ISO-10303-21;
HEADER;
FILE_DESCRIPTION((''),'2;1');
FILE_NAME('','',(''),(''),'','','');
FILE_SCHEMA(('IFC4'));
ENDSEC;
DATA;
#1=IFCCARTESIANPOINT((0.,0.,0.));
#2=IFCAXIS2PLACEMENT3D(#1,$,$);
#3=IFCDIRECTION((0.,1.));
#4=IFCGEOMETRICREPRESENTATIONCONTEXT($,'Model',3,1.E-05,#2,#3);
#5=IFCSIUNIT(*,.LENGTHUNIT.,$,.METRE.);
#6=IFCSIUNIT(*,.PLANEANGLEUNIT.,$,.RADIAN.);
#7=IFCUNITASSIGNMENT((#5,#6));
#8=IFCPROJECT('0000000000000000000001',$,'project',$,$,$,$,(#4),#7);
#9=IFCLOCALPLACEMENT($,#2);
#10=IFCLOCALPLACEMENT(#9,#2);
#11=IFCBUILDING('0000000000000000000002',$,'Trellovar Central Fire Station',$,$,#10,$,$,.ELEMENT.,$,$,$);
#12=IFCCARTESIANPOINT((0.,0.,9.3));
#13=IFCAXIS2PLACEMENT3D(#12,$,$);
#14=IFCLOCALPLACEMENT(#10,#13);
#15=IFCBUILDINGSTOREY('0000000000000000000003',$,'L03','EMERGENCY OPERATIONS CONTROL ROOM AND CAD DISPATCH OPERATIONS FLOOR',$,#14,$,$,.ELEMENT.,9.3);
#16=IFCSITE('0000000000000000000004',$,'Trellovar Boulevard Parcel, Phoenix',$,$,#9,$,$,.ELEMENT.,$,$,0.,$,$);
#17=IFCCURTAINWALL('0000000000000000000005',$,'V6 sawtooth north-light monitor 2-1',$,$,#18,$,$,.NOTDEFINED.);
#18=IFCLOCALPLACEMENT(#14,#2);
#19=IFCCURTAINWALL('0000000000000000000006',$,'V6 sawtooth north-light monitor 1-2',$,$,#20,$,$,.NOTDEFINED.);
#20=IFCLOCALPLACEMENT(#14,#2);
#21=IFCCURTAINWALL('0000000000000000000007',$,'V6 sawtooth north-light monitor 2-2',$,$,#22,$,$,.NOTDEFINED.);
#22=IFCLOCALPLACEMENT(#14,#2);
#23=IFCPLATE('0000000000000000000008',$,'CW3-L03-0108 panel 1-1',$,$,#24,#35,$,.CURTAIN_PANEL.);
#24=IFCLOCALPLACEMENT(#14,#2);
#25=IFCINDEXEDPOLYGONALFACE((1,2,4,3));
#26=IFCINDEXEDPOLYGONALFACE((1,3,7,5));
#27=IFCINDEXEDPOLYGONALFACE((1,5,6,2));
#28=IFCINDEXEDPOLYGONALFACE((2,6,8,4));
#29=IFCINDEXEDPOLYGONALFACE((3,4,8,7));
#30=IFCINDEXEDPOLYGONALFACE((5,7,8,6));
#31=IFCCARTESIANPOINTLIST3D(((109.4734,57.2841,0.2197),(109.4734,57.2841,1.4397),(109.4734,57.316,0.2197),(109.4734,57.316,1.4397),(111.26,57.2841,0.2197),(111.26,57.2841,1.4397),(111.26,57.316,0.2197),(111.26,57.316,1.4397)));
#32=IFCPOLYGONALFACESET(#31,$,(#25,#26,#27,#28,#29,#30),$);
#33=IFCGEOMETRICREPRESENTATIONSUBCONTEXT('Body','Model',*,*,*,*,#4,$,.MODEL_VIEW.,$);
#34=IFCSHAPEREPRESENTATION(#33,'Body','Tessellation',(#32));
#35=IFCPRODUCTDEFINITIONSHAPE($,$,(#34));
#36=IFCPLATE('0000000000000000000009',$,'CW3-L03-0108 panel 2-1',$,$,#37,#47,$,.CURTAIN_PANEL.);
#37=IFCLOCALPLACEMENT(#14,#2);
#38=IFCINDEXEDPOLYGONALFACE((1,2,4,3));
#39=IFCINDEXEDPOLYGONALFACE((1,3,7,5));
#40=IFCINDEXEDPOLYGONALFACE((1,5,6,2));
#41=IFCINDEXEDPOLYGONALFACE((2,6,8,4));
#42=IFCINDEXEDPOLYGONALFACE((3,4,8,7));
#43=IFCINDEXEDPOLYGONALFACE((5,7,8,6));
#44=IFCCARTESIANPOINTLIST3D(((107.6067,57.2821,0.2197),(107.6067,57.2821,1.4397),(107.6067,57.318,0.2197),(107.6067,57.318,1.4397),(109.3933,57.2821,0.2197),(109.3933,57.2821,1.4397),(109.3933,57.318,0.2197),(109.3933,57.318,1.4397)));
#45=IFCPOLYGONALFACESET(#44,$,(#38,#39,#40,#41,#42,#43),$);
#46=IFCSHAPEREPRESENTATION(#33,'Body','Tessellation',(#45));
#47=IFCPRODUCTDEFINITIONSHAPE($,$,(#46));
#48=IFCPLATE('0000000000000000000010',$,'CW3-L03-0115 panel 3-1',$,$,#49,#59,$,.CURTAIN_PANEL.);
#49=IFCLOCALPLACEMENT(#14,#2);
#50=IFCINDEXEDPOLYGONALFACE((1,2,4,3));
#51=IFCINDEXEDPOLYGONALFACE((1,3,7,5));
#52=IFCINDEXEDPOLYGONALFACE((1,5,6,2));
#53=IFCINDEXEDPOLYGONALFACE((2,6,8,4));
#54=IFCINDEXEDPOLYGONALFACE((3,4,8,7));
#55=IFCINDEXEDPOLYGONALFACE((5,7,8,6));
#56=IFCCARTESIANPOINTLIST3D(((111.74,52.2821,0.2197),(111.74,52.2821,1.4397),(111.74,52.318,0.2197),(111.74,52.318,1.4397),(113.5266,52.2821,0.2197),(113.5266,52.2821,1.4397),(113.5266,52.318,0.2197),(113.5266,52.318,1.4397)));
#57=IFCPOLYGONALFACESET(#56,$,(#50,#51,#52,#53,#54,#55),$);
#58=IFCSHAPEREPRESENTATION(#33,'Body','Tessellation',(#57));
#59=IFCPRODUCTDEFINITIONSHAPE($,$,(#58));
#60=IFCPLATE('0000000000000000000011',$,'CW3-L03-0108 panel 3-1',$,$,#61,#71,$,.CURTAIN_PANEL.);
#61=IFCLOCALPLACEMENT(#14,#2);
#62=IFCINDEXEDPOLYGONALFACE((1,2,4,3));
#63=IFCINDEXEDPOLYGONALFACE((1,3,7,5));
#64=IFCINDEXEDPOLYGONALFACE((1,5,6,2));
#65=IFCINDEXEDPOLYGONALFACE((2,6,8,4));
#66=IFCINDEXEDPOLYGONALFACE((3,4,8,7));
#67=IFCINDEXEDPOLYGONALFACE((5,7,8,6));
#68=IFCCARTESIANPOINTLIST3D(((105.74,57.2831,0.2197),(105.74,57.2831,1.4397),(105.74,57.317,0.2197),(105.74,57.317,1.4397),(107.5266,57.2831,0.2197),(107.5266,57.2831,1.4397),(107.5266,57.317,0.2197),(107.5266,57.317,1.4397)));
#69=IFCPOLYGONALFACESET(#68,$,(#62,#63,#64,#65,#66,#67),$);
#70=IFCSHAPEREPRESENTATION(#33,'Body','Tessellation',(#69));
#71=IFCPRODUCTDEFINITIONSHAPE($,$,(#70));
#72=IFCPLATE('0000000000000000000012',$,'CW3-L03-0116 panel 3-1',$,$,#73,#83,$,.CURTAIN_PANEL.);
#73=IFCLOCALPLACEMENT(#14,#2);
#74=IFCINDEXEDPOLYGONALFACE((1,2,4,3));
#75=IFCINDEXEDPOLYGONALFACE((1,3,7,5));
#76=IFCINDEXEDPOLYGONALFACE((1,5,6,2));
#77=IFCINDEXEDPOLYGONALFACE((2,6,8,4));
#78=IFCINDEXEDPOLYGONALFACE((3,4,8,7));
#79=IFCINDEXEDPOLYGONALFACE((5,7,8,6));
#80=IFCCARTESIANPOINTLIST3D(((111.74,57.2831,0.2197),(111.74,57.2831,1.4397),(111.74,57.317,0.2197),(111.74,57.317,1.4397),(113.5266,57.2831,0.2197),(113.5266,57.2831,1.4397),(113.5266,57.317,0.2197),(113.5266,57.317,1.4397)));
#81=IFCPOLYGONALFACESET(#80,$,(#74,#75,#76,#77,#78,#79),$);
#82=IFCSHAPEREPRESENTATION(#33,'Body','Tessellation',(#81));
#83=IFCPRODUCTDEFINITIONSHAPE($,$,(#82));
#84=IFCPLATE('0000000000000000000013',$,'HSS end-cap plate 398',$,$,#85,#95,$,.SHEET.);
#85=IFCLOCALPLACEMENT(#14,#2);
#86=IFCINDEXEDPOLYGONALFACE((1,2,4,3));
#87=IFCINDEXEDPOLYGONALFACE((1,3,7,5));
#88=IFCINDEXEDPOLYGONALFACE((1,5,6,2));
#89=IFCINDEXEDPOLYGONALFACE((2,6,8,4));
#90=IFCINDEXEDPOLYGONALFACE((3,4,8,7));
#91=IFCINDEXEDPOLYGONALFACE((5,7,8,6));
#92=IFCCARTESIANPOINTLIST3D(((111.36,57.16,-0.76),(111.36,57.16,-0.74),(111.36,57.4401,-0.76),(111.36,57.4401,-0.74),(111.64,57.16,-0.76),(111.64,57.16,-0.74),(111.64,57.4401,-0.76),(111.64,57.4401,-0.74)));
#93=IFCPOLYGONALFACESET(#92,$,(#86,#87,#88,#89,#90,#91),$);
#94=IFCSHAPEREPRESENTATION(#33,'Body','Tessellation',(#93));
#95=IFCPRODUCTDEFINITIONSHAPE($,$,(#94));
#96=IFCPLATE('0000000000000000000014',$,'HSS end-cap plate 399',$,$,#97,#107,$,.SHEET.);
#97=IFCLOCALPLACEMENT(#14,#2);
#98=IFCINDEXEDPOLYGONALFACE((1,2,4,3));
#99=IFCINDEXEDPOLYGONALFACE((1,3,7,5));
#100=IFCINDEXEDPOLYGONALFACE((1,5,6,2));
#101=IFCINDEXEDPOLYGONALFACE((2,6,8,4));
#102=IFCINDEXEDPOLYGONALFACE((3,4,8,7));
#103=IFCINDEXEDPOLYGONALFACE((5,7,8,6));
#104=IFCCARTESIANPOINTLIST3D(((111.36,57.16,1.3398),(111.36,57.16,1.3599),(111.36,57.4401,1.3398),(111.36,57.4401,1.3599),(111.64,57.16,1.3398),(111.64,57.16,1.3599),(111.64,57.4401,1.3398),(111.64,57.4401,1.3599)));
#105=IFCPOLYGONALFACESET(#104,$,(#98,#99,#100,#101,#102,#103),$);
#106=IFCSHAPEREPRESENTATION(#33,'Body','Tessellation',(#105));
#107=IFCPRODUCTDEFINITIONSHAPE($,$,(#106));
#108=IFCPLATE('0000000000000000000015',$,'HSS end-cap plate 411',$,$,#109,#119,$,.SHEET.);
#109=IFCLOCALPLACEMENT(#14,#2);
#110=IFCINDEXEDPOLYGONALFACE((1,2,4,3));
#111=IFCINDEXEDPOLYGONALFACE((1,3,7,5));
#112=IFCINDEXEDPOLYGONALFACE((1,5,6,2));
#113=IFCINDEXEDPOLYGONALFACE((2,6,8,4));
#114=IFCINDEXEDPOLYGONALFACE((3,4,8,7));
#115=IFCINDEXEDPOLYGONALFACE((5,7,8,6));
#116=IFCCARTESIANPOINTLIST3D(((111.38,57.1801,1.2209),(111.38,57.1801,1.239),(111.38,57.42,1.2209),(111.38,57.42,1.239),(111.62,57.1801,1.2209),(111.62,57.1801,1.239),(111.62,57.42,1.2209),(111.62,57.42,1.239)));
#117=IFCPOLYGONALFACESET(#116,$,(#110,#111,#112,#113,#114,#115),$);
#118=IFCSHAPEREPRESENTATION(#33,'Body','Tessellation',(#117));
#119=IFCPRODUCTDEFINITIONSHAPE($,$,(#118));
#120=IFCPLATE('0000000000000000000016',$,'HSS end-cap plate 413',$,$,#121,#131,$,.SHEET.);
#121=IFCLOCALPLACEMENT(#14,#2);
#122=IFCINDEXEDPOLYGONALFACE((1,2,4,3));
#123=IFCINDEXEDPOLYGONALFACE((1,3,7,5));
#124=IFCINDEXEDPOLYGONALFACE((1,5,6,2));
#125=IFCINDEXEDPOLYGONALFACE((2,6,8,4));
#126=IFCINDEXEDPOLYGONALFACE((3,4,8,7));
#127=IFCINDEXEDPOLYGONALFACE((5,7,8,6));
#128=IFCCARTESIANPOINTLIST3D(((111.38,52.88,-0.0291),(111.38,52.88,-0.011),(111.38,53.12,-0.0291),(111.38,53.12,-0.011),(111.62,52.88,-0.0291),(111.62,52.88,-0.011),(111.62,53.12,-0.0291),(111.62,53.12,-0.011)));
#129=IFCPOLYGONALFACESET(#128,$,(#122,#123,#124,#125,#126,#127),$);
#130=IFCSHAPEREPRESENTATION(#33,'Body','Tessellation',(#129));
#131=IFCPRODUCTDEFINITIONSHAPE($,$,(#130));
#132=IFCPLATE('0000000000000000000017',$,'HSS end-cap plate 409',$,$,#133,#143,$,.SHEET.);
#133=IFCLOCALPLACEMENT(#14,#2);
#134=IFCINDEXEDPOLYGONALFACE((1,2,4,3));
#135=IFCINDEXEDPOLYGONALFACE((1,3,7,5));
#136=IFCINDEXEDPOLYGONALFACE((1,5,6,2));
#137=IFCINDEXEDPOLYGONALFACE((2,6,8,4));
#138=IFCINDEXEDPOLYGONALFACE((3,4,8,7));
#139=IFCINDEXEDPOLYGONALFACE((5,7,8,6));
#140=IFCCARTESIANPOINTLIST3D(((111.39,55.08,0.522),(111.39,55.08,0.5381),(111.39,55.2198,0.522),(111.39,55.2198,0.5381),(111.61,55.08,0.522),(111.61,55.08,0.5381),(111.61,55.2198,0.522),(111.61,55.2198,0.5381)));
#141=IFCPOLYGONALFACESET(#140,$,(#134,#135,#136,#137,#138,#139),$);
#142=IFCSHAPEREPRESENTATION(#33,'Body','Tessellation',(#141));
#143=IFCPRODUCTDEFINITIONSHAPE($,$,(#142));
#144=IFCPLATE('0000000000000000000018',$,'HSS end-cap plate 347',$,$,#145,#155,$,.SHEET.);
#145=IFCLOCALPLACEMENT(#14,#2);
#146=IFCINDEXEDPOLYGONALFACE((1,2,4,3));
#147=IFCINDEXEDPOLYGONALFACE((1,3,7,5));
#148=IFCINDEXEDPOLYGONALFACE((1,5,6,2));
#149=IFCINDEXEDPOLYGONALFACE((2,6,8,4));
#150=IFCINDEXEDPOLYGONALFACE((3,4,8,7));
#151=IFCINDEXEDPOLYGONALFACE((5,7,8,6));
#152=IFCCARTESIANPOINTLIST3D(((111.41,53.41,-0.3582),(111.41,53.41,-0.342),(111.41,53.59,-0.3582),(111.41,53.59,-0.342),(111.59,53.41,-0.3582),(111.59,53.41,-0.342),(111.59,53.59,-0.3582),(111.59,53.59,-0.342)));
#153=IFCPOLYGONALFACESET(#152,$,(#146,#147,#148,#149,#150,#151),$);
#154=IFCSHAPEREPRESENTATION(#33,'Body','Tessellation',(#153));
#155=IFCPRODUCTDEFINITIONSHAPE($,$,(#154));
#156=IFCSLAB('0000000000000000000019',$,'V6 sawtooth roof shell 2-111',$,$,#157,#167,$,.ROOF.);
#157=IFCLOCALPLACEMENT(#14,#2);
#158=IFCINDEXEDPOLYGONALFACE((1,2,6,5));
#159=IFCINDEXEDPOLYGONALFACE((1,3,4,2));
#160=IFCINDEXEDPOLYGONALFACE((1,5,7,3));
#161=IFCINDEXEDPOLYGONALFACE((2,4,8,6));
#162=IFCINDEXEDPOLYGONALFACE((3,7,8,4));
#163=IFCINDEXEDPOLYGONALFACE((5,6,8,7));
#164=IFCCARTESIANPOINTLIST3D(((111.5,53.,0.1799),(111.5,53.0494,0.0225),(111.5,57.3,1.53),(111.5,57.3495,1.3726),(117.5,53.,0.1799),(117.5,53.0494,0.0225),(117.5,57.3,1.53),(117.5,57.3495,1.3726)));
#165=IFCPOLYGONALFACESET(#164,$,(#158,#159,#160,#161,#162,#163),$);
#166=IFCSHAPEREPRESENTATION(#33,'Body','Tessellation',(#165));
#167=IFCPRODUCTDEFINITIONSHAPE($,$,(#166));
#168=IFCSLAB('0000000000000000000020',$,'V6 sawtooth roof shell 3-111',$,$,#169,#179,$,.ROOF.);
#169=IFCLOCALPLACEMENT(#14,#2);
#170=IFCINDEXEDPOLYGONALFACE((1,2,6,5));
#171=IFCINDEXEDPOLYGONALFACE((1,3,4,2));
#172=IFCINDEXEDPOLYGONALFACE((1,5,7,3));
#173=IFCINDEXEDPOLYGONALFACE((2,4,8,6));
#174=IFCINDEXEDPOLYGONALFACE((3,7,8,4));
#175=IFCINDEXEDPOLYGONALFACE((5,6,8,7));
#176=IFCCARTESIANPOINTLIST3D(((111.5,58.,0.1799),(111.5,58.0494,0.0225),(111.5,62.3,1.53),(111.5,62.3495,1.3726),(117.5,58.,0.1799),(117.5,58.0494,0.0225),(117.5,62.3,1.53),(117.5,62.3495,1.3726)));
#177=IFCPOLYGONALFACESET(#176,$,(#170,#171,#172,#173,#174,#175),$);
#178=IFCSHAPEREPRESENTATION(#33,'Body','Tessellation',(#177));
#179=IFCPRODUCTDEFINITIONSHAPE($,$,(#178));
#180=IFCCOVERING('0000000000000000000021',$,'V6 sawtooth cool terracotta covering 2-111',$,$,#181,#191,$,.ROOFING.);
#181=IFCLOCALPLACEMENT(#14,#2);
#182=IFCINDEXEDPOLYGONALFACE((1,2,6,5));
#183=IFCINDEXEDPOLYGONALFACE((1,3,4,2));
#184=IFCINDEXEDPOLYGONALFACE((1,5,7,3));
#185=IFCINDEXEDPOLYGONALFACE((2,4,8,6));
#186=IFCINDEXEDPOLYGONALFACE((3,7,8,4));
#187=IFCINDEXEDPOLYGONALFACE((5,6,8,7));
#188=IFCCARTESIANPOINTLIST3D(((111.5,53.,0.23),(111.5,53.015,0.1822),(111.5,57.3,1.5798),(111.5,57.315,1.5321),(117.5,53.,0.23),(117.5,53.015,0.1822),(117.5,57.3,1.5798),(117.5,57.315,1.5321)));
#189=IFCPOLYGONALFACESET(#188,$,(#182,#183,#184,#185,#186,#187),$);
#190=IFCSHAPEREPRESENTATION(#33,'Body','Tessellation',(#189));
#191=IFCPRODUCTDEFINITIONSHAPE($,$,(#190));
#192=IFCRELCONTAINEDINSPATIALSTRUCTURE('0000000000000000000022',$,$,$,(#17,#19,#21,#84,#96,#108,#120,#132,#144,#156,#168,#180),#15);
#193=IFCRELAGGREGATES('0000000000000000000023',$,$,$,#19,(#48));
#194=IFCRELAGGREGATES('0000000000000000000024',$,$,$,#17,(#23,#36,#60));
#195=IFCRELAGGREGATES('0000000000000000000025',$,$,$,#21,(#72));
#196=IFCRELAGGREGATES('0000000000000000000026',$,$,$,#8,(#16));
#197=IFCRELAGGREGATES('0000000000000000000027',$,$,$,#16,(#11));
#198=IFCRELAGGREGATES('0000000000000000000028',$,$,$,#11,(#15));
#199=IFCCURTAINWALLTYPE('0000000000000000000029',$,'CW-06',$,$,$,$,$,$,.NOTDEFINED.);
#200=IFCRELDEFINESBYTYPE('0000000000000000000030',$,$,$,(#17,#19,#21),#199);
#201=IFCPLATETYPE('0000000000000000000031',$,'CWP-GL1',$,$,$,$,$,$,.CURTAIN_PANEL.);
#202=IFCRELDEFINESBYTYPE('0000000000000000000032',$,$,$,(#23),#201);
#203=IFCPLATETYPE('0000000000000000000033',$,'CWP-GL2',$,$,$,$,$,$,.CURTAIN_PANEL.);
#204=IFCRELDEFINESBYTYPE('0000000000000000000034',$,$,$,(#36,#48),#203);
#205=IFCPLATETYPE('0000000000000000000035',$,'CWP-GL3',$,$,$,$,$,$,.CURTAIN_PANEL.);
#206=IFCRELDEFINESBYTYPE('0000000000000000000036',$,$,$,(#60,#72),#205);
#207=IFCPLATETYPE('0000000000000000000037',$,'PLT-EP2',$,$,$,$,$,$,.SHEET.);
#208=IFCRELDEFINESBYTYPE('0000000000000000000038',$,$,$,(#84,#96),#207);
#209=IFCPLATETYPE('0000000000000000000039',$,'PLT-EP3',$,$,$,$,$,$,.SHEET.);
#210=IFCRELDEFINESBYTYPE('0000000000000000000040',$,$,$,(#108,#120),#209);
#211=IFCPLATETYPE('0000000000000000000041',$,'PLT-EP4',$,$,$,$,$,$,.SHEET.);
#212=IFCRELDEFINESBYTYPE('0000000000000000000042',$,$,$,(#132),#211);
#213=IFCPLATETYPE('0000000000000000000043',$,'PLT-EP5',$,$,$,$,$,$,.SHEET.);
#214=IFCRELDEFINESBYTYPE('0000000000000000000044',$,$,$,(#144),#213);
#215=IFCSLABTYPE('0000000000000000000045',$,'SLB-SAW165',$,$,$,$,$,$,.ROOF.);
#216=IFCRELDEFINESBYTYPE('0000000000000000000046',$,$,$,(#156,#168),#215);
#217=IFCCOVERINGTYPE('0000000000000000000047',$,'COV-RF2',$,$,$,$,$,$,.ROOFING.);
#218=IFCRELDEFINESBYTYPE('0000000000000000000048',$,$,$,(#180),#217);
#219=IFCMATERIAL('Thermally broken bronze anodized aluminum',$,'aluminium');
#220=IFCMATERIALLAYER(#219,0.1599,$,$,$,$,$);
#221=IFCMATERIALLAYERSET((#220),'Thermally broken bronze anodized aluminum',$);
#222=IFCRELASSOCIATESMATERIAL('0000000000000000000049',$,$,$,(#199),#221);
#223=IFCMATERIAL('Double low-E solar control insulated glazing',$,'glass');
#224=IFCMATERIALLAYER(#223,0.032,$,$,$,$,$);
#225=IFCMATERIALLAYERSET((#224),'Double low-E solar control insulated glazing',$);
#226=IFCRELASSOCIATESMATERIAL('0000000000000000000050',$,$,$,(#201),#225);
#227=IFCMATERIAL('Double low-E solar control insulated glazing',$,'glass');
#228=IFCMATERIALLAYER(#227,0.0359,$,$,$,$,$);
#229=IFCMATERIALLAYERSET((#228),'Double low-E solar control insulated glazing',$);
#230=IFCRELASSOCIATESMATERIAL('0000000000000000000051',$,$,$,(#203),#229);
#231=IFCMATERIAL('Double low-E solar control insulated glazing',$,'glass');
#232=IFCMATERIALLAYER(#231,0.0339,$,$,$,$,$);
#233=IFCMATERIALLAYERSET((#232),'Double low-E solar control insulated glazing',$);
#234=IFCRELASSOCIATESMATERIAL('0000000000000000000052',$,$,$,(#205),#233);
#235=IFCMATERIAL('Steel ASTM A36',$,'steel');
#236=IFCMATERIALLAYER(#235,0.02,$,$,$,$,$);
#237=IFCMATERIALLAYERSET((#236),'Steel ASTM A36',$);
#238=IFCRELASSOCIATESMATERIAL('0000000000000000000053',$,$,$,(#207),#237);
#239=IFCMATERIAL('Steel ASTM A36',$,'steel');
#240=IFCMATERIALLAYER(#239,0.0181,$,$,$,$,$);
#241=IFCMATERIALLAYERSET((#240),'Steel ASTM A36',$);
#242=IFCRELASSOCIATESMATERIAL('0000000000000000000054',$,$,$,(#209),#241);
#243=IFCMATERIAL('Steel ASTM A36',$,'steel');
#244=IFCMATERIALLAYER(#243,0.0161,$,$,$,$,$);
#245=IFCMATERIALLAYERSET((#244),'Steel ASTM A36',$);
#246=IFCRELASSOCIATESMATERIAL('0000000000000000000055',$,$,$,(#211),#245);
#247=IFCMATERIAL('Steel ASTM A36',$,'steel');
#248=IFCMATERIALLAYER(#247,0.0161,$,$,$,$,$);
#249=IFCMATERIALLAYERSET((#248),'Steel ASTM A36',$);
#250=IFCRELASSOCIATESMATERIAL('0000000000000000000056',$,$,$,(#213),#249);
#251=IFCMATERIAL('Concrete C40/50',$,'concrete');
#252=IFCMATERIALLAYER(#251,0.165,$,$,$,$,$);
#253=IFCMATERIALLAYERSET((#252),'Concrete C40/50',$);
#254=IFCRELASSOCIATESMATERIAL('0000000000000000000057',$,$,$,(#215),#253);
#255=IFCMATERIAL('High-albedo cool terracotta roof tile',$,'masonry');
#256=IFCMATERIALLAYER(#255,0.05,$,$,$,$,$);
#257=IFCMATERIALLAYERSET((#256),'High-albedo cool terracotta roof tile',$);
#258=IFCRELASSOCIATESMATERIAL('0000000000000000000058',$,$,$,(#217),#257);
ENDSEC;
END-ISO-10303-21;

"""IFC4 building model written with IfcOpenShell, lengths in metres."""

from ifc_helpers import new_model, si_unit, direction, frame, origin, origin_2d, place, context, subcontext, project, spatial, polyline, rectangle, outline, extrude, material, layer, layer_set, type_object, element, aggregate, save


model = new_model("IFC4")

# Units and contexts
model_context = context("Model", 3, precision=1e-05, world=origin(), true_north=direction((0.0, 1.0)))
body_context = subcontext(model_context, "Body", "Model", "MODEL_VIEW")
ifc_project = project(units=[si_unit("LENGTHUNIT", "METRE"), si_unit("PLANEANGLEUNIT", "RADIAN")], contexts=[model_context])

# Site, building, storey
site_placement = place(None, origin())
site = spatial("IfcSite", under=ifc_project, at=site_placement, Name="Trellovar Boulevard Parcel, Phoenix", CompositionType="ELEMENT", RefElevation=0.0)
building_placement = place(site_placement, origin())
building = spatial("IfcBuilding", under=site, at=building_placement, Name="Trellovar Central Fire Station", CompositionType="ELEMENT")
storey_placement = place(building_placement, frame((0.0, 0.0, 9.3)))
storey = spatial("IfcBuildingStorey", under=building, at=storey_placement, Name="L03", Description="EMERGENCY OPERATIONS CONTROL ROOM AND CAD DISPATCH OPERATIONS FLOOR", CompositionType="ELEMENT", Elevation=9.3)

# Curtain wall
ifc_material_1 = material(Name="Thermally broken bronze anodized aluminum", Category="aluminium")
ifc_layer_1 = layer(ifc_material_1, 0.1599)
ifc_layer_set_1 = layer_set([ifc_layer_1], Name="Thermally broken bronze anodized aluminum")
curtain_wall_type = type_object("IfcCurtainWallType", Name="CW-06", PredefinedType="NOTDEFINED", material=ifc_layer_set_1)
curtain_wall_1_placement = place(storey_placement, origin())
curtain_wall_1 = element("IfcCurtainWall", 1, at=curtain_wall_1_placement, inside=storey, type_object=curtain_wall_type, Name="V6 sawtooth north-light monitor 2-1", PredefinedType="NOTDEFINED")

# Curtain walls
curtain_wall_2_placement = place(storey_placement, origin())
curtain_wall_2 = element("IfcCurtainWall", 2, at=curtain_wall_2_placement, inside=storey, type_object=curtain_wall_type, Name="V6 sawtooth north-light monitor 1-2", PredefinedType="NOTDEFINED")
curtain_wall_3_placement = place(storey_placement, origin())
curtain_wall_3 = element("IfcCurtainWall", 3, at=curtain_wall_3_placement, inside=storey, type_object=curtain_wall_type, Name="V6 sawtooth north-light monitor 2-2", PredefinedType="NOTDEFINED")

# Plates
ifc_material_2 = material(Name="Double low-E solar control insulated glazing", Category="glass")
ifc_layer_2 = layer(ifc_material_2, 0.032)
ifc_layer_set_2 = layer_set([ifc_layer_2], Name="Double low-E solar control insulated glazing")
plate_type_1 = type_object("IfcPlateType", Name="CWP-GL1", PredefinedType="CURTAIN_PANEL", material=ifc_layer_set_2)
plate_1_placement = place(storey_placement, frame((110.3667, 57.3, 0.2197), z_axis=(0.0, 0.0, 1.0), x_axis=(-1.0, 0.0, 0.0)))
plate_1 = element("IfcPlate", 4, at=plate_1_placement, type_object=plate_type_1, Name="CW3-L03-0108 panel 1-1", PredefinedType="CURTAIN_PANEL", context=body_context, shape_type="SweptSolid", body=[
    extrude(rectangle(XDim=1.7866, YDim=0.032, at=origin_2d()), origin(), (0.0, 0.0, 1.0), 1.22),
])
ifc_material_3 = material(Name="Double low-E solar control insulated glazing", Category="glass")
ifc_layer_3 = layer(ifc_material_3, 0.0359)
ifc_layer_set_3 = layer_set([ifc_layer_3], Name="Double low-E solar control insulated glazing")
plate_type_2 = type_object("IfcPlateType", Name="CWP-GL2", PredefinedType="CURTAIN_PANEL", material=ifc_layer_set_3)
plate_2_placement = place(storey_placement, frame((108.5, 57.3, 0.2197), z_axis=(0.0, 0.0, 1.0), x_axis=(-1.0, 0.0, 0.0)))
plate_2 = element("IfcPlate", 5, at=plate_2_placement, type_object=plate_type_2, Name="CW3-L03-0108 panel 2-1", PredefinedType="CURTAIN_PANEL", context=body_context, shape_type="SweptSolid", body=[
    extrude(rectangle(XDim=1.7866, YDim=0.0359, at=origin_2d()), origin(), (0.0, 0.0, 1.0), 1.22),
])
plate_3_placement = place(storey_placement, frame((112.6333, 52.3, 0.2197), z_axis=(0.0, 0.0, 1.0), x_axis=(-1.0, 0.0, 0.0)))
plate_3 = element("IfcPlate", 6, at=plate_3_placement, type_object=plate_type_2, Name="CW3-L03-0115 panel 3-1", PredefinedType="CURTAIN_PANEL", context=body_context, shape_type="SweptSolid", body=[
    extrude(rectangle(XDim=1.7866, YDim=0.0359, at=origin_2d()), origin(), (0.0, 0.0, 1.0), 1.22),
])
aggregate(curtain_wall_2, [plate_3])
ifc_material_4 = material(Name="Double low-E solar control insulated glazing", Category="glass")
ifc_layer_4 = layer(ifc_material_4, 0.0339)
ifc_layer_set_4 = layer_set([ifc_layer_4], Name="Double low-E solar control insulated glazing")
plate_type_3 = type_object("IfcPlateType", Name="CWP-GL3", PredefinedType="CURTAIN_PANEL", material=ifc_layer_set_4)
plate_4_placement = place(storey_placement, frame((106.6333, 57.3, 0.2197), z_axis=(0.0, 0.0, 1.0), x_axis=(-1.0, 0.0, 0.0)))
plate_4 = element("IfcPlate", 7, at=plate_4_placement, type_object=plate_type_3, Name="CW3-L03-0108 panel 3-1", PredefinedType="CURTAIN_PANEL", context=body_context, shape_type="SweptSolid", body=[
    extrude(rectangle(XDim=1.7866, YDim=0.0339, at=origin_2d()), origin(), (0.0, 0.0, 1.0), 1.22),
])
aggregate(curtain_wall_1, [plate_1, plate_2, plate_4])
plate_5_placement = place(storey_placement, frame((112.6333, 57.3, 0.2197), z_axis=(0.0, 0.0, 1.0), x_axis=(-1.0, 0.0, 0.0)))
plate_5 = element("IfcPlate", 8, at=plate_5_placement, type_object=plate_type_3, Name="CW3-L03-0116 panel 3-1", PredefinedType="CURTAIN_PANEL", context=body_context, shape_type="SweptSolid", body=[
    extrude(rectangle(XDim=1.7866, YDim=0.0339, at=origin_2d()), origin(), (0.0, 0.0, 1.0), 1.22),
])
aggregate(curtain_wall_3, [plate_5])

# Plates
ifc_material_5 = material(Name="Steel ASTM A36", Category="steel")
ifc_layer_5 = layer(ifc_material_5, 0.02)
ifc_layer_set_5 = layer_set([ifc_layer_5], Name="Steel ASTM A36")
plate_type_4 = type_object("IfcPlateType", Name="PLT-EP2", PredefinedType="SHEET", material=ifc_layer_set_5)
for number, where, z_axis, x_axis, name in (
    (9, (111.5, 57.3, -0.76), (0.0, 0.0, 1.0), (1.0, 0.0, 0.0), "HSS end-cap plate 398"),
    (10, (111.5, 57.3, 1.3398), (0.0, 0.0, 1.0), (1.0, 0.0, 0.0), "HSS end-cap plate 399"),
):
    element("IfcPlate", number, at=place(storey_placement, frame(where, z_axis=z_axis, x_axis=x_axis)), inside=storey, type_object=plate_type_4, Name=name, PredefinedType="SHEET", context=body_context, shape_type="SweptSolid", body=[
        extrude(rectangle(XDim=0.28, YDim=0.28, at=origin_2d()), origin(), (0.0, 0.0, 1.0), 0.02),
    ])
ifc_material_6 = material(Name="Steel ASTM A36", Category="steel")
ifc_layer_6 = layer(ifc_material_6, 0.0181)
ifc_layer_set_6 = layer_set([ifc_layer_6], Name="Steel ASTM A36")
plate_type_5 = type_object("IfcPlateType", Name="PLT-EP3", PredefinedType="SHEET", material=ifc_layer_set_6)
for number, where, z_axis, x_axis, name in (
    (11, (111.5, 57.3, 1.2209), (0.0, 0.0, 1.0), (1.0, 0.0, 0.0), "HSS end-cap plate 411"),
    (12, (111.5, 53.0, -0.0291), (0.0, 0.0, 1.0), (1.0, 0.0, 0.0), "HSS end-cap plate 413"),
):
    element("IfcPlate", number, at=place(storey_placement, frame(where, z_axis=z_axis, x_axis=x_axis)), inside=storey, type_object=plate_type_5, Name=name, PredefinedType="SHEET", context=body_context, shape_type="SweptSolid", body=[
        extrude(rectangle(XDim=0.24, YDim=0.24, at=origin_2d()), origin(), (0.0, 0.0, 1.0), 0.0181),
    ])
ifc_material_7 = material(Name="Steel ASTM A36", Category="steel")
ifc_layer_7 = layer(ifc_material_7, 0.0161)
ifc_layer_set_7 = layer_set([ifc_layer_7], Name="Steel ASTM A36")
plate_type_6 = type_object("IfcPlateType", Name="PLT-EP4", PredefinedType="SHEET", material=ifc_layer_set_7)
plate_6_placement = place(storey_placement, frame((111.5, 55.1499, 0.522), z_axis=(0.0, 0.0, 1.0), x_axis=(1.0, 0.0, 0.0)))
element("IfcPlate", 13, at=plate_6_placement, inside=storey, type_object=plate_type_6, Name="HSS end-cap plate 409", PredefinedType="SHEET", context=body_context, shape_type="SweptSolid", body=[
    extrude(rectangle(XDim=0.22, YDim=0.1399, at=origin_2d()), origin(), (0.0, 0.0, 1.0), 0.0161),
])
ifc_material_8 = material(Name="Steel ASTM A36", Category="steel")
ifc_layer_8 = layer(ifc_material_8, 0.0161)
ifc_layer_set_8 = layer_set([ifc_layer_8], Name="Steel ASTM A36")
plate_type_7 = type_object("IfcPlateType", Name="PLT-EP5", PredefinedType="SHEET", material=ifc_layer_set_8)
plate_7_placement = place(storey_placement, frame((111.5, 53.5, -0.3582), z_axis=(0.0, 0.0, 1.0), x_axis=(1.0, 0.0, 0.0)))
element("IfcPlate", 14, at=plate_7_placement, inside=storey, type_object=plate_type_7, Name="HSS end-cap plate 347", PredefinedType="SHEET", context=body_context, shape_type="SweptSolid", body=[
    extrude(rectangle(XDim=0.1799, YDim=0.1799, at=origin_2d()), origin(), (0.0, 0.0, 1.0), 0.0161),
])

# Slabs
ifc_material_9 = material(Name="Concrete C40/50", Category="concrete")
ifc_layer_9 = layer(ifc_material_9, 0.165)
ifc_layer_set_9 = layer_set([ifc_layer_9], Name="Concrete C40/50")
slab_type = type_object("IfcSlabType", Name="SLB-SAW165", PredefinedType="ROOF", material=ifc_layer_set_9)
for number, where, z_axis, x_axis, name in (
    (15, (111.5, 53.0, 0.1799), (0.0, -0.299555, 0.954079), (1.0, 0.0, 0.0), "V6 sawtooth roof shell 2-111"),
    (16, (111.5, 58.0, 0.1799), (0.0, -0.299555, 0.954079), (1.0, 0.0, 0.0), "V6 sawtooth roof shell 3-111"),
):
    element("IfcSlab", number, at=place(storey_placement, frame(where, z_axis=z_axis, x_axis=x_axis)), inside=storey, type_object=slab_type, Name=name, PredefinedType="ROOF", context=body_context, shape_type="SweptSolid", body=[
        extrude(outline(polyline([(0.0, 0.0), (6.0, 0.0), (6.0, 4.507), (0.0, 4.507), (0.0, 0.0)])), origin(), (0.0, 0.0, -1.0), 0.165),
    ])

# Covering
ifc_material_10 = material(Name="High-albedo cool terracotta roof tile", Category="masonry")
ifc_layer_10 = layer(ifc_material_10, 0.05)
ifc_layer_set_10 = layer_set([ifc_layer_10], Name="High-albedo cool terracotta roof tile")
covering_type = type_object("IfcCoveringType", Name="COV-RF2", PredefinedType="ROOFING", material=ifc_layer_set_10)
for number, where, z_axis, x_axis, name in (
    (17, (111.5, 53.0, 0.23), (0.0, -0.299505, 0.954095), (1.0, 0.0, 0.0), "V6 sawtooth cool terracotta covering 2-111"),
):
    element("IfcCovering", number, at=place(storey_placement, frame(where, z_axis=z_axis, x_axis=x_axis)), inside=storey, type_object=covering_type, Name=name, PredefinedType="ROOFING", context=body_context, shape_type="SweptSolid", body=[
        extrude(outline(polyline([(0.0, 0.0), (6.0, 0.0), (6.0, 4.5069), (0.0, 4.5069), (0.0, 0.0)])), origin(), (0.0, 0.0, -1.0), 0.05),
    ])

save(model, "model.ifc")
